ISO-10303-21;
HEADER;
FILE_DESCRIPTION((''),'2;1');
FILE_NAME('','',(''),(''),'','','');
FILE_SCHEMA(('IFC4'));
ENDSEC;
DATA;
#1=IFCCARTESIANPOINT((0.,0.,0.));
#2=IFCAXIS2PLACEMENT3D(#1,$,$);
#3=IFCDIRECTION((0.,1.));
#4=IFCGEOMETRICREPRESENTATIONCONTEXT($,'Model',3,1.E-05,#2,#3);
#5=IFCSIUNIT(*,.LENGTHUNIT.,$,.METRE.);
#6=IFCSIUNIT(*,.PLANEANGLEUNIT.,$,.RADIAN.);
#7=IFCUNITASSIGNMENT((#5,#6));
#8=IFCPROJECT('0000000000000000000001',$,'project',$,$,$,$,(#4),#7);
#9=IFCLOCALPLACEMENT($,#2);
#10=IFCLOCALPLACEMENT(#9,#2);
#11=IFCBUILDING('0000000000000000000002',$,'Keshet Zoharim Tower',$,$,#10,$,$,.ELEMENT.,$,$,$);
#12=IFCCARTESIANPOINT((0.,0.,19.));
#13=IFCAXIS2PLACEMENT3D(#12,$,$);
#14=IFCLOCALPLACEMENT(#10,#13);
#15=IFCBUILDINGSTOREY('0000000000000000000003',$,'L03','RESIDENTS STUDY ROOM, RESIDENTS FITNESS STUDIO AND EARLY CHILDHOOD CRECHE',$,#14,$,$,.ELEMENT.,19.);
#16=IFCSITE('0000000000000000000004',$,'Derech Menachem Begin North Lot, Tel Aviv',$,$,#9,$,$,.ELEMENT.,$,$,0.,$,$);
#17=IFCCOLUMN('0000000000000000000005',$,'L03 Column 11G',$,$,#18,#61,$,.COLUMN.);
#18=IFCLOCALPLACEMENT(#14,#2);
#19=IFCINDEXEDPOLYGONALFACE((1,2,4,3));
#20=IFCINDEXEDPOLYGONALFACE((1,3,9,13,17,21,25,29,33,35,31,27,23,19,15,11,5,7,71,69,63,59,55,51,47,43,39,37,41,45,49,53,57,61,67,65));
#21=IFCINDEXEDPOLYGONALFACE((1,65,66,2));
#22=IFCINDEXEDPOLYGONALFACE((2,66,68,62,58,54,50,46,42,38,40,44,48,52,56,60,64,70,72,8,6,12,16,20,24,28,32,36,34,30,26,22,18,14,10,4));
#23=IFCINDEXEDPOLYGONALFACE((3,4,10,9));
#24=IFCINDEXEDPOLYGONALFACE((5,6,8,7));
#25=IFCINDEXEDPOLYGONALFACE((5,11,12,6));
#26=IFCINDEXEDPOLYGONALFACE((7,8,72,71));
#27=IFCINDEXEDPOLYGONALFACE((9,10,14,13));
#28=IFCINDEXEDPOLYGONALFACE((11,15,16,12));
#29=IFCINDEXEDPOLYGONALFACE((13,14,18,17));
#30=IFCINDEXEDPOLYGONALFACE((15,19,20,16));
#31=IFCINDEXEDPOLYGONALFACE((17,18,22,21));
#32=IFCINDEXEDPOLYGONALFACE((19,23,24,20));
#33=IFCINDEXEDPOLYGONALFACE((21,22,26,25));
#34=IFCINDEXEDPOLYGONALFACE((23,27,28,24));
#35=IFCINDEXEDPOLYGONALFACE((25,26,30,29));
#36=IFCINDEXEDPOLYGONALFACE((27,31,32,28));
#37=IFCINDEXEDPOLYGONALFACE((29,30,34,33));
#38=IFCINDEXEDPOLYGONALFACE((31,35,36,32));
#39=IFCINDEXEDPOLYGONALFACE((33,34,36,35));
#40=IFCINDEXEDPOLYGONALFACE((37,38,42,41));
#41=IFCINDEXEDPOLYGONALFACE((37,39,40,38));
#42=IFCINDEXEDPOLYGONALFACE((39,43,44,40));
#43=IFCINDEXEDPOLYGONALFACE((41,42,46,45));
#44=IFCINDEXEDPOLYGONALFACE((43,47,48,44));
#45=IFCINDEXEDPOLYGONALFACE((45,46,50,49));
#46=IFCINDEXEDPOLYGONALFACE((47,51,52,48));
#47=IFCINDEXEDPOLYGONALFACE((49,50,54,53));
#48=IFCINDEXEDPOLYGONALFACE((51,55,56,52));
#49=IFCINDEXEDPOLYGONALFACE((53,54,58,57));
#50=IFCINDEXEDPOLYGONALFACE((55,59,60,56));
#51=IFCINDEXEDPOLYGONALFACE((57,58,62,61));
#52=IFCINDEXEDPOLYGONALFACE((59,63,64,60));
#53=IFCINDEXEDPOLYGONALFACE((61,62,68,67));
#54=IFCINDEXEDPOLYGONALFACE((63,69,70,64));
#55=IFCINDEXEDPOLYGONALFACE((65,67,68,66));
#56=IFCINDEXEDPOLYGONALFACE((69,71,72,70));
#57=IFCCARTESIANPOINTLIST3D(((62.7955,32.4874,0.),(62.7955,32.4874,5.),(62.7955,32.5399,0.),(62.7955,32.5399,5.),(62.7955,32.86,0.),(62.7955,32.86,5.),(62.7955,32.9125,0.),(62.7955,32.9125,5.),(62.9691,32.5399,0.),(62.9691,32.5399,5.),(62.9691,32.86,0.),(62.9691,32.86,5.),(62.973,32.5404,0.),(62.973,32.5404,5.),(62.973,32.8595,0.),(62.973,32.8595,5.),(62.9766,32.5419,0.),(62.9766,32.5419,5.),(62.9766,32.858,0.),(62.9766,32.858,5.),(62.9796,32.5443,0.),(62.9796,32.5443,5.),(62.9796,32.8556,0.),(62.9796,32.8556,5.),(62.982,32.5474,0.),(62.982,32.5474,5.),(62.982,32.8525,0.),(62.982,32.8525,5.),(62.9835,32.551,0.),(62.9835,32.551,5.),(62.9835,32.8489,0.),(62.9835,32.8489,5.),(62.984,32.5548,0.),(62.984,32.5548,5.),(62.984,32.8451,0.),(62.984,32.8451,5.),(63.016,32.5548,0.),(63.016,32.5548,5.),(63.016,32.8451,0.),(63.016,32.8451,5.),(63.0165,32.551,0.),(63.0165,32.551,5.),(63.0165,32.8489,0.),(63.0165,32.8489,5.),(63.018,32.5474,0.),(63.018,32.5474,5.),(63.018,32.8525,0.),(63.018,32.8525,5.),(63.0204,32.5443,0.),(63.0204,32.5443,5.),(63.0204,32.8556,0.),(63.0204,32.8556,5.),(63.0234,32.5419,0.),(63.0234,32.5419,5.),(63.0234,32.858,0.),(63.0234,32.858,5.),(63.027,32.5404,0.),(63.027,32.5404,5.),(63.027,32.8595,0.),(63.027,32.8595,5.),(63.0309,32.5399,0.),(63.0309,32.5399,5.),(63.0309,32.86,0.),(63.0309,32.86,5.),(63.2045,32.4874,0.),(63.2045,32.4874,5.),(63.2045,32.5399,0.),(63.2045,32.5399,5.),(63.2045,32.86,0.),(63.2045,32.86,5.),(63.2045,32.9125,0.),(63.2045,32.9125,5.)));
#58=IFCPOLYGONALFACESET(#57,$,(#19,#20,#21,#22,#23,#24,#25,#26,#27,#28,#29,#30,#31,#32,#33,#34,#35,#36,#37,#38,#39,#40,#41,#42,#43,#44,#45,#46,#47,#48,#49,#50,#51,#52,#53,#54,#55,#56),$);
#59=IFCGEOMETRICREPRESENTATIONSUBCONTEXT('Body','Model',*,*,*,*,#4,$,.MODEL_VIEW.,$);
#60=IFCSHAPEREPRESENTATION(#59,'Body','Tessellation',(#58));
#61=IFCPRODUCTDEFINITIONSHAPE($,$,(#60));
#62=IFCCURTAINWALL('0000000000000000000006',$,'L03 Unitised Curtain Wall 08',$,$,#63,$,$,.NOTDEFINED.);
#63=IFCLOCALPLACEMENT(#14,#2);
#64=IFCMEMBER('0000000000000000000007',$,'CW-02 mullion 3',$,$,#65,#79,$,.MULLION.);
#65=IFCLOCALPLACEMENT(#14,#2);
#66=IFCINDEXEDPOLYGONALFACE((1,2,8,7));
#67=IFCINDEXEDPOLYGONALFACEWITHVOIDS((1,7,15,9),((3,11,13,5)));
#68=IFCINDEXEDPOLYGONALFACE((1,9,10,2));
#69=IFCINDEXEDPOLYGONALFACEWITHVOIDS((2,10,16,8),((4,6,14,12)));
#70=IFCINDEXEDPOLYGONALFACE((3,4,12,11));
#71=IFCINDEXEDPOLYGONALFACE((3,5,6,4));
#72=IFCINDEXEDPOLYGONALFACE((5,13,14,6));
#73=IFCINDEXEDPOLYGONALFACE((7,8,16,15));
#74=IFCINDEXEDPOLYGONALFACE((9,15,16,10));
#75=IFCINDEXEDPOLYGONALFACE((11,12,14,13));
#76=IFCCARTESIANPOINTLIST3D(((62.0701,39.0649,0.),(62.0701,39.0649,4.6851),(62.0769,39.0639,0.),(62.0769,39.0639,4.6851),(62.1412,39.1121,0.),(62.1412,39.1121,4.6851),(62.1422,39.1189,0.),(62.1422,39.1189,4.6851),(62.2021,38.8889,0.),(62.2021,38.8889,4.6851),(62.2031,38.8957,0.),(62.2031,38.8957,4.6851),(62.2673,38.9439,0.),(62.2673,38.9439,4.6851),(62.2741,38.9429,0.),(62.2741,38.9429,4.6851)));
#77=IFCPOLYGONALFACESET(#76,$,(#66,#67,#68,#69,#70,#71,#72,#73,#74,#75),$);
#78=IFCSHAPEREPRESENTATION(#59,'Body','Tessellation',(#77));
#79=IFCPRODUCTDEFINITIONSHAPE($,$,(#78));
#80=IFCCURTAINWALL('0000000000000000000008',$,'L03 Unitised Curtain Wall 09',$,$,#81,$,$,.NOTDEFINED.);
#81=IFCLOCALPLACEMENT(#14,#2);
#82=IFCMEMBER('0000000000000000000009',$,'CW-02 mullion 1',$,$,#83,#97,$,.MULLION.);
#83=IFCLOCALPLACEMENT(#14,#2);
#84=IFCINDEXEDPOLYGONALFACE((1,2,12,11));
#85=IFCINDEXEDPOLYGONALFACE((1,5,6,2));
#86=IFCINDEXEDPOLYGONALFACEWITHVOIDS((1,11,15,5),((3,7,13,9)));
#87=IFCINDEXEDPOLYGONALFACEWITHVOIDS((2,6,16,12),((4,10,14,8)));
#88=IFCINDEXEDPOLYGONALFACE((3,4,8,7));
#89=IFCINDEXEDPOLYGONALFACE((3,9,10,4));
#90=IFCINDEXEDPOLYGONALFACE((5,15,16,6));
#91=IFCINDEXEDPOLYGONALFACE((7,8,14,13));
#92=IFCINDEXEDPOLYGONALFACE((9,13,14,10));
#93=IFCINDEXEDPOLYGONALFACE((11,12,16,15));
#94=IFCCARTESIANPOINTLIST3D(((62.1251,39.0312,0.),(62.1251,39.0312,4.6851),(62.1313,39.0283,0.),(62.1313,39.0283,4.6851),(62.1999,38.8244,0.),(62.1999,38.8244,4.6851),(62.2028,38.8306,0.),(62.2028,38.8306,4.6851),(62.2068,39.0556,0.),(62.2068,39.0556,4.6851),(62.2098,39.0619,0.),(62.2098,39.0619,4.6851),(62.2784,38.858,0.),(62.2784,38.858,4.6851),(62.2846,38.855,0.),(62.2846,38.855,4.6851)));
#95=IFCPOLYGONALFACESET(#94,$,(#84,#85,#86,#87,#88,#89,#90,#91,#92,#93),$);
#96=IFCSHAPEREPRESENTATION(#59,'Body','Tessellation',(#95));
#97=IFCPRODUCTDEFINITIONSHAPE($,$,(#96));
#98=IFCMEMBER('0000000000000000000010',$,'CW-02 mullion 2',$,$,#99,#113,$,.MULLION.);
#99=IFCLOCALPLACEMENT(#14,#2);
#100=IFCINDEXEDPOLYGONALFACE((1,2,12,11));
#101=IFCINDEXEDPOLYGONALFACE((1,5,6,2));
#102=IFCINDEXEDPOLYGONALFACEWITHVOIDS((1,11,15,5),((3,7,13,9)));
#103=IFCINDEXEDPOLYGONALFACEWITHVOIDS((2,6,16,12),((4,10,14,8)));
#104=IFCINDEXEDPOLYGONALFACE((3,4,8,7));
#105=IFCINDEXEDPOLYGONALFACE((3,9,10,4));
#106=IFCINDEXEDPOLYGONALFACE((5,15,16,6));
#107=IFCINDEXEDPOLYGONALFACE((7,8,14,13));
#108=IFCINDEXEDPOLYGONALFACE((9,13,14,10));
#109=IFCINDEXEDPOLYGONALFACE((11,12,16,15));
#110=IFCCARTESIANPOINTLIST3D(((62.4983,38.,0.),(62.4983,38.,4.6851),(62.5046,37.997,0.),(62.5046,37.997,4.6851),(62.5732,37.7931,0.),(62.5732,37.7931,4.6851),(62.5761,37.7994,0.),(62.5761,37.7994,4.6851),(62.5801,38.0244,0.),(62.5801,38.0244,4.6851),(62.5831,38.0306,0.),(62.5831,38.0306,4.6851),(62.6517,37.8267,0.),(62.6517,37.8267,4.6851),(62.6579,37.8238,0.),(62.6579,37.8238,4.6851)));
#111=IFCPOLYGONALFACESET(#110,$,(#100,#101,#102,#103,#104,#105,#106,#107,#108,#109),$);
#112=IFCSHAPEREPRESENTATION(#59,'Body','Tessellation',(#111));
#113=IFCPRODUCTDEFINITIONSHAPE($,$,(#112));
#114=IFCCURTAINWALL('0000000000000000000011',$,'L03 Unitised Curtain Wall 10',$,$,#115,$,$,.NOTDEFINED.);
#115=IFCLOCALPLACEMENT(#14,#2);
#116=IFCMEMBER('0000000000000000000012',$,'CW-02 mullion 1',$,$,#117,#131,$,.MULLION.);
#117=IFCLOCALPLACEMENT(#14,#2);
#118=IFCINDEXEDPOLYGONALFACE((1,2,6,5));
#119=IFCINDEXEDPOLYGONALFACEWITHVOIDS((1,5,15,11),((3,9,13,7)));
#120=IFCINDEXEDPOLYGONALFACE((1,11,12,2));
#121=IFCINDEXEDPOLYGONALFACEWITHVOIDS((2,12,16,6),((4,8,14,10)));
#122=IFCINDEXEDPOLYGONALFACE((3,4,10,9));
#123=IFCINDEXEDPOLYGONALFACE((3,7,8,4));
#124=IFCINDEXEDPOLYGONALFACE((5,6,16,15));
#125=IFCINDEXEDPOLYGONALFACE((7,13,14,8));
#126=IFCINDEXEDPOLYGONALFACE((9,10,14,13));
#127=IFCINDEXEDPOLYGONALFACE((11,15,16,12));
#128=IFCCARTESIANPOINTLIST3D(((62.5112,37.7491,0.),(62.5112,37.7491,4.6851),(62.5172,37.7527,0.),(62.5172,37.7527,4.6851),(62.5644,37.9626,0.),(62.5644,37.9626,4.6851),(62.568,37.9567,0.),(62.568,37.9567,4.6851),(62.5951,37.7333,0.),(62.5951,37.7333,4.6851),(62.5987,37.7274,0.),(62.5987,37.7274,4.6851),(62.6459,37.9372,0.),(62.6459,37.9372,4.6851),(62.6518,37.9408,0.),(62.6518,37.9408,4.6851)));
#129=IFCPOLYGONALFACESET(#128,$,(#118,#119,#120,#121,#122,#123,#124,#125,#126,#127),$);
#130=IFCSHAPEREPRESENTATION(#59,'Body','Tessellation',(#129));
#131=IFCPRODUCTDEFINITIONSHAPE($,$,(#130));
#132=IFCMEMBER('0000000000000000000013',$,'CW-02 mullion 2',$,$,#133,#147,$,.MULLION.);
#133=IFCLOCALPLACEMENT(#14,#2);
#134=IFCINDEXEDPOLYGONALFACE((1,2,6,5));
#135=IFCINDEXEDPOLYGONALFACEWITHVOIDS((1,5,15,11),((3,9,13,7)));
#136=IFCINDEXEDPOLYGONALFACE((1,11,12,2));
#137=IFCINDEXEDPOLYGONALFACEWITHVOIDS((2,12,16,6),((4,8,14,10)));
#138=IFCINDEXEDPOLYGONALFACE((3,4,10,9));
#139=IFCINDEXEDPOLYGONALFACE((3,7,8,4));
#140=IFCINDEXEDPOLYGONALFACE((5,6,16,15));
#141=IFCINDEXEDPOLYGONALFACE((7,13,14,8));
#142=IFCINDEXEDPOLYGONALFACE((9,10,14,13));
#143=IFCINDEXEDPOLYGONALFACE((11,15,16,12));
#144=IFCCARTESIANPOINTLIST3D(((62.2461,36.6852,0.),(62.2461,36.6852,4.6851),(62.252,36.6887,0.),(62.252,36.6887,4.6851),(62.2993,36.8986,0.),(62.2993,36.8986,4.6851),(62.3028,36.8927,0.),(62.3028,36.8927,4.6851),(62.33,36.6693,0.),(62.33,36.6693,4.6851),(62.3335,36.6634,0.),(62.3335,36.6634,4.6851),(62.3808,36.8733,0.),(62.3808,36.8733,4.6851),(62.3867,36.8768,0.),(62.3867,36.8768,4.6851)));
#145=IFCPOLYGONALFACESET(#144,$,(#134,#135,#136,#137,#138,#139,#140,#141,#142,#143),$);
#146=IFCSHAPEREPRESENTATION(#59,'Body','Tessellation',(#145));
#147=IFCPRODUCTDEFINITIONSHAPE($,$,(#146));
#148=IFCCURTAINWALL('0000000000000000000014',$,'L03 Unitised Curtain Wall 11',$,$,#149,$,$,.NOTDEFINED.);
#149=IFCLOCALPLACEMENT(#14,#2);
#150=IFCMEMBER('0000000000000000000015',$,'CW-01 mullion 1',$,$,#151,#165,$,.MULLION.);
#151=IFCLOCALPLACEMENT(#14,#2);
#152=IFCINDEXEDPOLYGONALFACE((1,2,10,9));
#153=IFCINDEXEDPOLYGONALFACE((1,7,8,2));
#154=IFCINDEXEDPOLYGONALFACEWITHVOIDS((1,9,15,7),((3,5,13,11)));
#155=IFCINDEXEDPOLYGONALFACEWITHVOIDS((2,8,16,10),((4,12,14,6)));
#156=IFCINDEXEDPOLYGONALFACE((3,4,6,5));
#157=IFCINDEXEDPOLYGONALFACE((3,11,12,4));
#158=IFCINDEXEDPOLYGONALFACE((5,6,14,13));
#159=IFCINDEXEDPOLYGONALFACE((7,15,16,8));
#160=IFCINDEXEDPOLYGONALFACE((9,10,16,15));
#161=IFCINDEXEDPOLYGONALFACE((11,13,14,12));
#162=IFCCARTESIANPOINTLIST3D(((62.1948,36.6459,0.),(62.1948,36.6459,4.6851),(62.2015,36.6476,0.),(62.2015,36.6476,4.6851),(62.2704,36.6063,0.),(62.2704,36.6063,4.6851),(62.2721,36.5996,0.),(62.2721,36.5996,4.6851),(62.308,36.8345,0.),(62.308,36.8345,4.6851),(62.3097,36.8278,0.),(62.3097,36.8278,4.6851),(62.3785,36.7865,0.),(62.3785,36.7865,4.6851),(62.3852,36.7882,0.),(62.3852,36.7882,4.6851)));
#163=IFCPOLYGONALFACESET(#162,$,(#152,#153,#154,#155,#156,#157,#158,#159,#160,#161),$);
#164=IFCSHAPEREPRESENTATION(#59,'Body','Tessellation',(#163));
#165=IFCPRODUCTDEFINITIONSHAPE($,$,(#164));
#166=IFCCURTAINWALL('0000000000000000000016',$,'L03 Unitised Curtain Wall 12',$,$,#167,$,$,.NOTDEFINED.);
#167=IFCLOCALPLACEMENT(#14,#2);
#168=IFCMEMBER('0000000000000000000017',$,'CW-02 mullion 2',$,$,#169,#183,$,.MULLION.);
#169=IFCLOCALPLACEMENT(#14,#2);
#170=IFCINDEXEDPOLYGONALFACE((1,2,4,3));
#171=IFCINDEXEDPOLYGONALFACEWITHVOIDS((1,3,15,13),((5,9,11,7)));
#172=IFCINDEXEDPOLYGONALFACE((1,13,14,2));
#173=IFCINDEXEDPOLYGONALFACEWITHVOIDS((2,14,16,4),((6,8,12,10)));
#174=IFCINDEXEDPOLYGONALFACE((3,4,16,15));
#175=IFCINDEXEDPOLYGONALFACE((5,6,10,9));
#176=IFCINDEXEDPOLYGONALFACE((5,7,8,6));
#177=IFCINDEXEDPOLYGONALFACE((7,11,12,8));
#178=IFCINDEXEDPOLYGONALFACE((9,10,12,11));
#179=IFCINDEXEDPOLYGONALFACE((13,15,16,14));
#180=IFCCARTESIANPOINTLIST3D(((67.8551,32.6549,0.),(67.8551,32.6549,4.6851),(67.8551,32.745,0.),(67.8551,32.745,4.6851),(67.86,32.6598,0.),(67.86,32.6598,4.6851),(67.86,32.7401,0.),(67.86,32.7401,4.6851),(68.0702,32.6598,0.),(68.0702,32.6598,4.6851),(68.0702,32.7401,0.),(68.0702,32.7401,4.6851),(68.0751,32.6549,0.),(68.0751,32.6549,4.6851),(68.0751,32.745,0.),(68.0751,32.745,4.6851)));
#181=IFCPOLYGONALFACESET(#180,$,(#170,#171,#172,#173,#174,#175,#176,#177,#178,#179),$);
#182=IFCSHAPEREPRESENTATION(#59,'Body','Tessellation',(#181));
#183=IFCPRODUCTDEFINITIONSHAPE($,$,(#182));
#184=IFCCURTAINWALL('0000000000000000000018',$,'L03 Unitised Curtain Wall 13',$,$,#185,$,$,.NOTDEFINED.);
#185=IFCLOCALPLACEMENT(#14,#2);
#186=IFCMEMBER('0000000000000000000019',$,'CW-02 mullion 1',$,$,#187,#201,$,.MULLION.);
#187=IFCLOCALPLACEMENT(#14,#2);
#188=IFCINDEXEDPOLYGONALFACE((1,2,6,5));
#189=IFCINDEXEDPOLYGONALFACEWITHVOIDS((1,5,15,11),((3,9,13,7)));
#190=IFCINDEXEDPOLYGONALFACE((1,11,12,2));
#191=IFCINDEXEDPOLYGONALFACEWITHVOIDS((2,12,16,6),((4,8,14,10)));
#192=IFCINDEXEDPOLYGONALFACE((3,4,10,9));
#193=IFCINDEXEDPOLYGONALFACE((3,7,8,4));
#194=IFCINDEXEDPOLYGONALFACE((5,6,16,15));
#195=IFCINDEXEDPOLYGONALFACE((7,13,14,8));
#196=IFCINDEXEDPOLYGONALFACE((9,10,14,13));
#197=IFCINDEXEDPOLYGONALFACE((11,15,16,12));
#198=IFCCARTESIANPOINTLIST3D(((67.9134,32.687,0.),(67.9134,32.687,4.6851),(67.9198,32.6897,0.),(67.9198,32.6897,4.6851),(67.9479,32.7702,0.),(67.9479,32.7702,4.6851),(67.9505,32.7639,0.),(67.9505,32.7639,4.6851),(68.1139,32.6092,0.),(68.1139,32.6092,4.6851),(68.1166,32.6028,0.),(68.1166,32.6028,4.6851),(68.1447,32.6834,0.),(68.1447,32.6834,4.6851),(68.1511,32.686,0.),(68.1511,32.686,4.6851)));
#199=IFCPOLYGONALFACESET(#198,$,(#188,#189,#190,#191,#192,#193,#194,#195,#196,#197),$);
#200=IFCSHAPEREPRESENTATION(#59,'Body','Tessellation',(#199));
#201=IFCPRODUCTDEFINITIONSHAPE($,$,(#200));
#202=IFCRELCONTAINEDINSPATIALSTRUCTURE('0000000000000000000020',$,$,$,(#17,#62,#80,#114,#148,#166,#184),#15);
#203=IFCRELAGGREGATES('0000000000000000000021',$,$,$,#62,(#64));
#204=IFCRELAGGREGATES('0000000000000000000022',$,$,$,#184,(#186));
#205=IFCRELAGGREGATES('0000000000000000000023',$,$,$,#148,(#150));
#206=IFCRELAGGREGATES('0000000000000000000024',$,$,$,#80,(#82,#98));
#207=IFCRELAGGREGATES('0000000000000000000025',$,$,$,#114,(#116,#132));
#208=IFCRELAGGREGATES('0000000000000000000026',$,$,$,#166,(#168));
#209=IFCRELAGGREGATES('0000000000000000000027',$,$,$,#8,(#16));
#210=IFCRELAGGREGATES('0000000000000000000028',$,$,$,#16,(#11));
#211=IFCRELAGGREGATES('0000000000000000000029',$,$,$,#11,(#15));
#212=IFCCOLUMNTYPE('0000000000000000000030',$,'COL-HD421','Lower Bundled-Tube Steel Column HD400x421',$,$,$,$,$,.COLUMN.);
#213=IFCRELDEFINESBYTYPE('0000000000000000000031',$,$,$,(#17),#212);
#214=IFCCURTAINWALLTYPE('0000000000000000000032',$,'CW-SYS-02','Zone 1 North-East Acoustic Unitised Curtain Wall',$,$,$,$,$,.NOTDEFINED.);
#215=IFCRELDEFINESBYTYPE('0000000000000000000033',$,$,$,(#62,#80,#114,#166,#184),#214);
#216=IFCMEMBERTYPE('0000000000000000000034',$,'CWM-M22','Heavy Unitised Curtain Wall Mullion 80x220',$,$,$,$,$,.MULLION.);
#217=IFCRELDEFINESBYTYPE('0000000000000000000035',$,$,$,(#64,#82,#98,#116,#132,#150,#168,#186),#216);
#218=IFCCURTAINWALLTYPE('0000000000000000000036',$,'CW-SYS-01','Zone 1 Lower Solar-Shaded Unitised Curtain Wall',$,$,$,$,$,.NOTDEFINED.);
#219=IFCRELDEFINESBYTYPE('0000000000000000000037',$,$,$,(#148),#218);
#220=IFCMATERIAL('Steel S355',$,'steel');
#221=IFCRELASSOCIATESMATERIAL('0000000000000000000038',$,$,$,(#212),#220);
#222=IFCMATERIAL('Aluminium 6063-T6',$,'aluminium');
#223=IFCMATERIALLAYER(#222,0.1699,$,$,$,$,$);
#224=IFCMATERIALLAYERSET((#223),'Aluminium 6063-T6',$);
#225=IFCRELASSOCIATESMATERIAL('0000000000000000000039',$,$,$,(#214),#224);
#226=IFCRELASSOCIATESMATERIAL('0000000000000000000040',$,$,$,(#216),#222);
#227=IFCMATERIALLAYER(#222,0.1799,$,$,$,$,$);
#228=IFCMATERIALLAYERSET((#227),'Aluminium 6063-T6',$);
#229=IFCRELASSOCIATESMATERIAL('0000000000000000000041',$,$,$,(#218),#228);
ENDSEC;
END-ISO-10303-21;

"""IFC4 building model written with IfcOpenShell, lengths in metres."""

from ifc_helpers import new_model, si_unit, direction, frame, origin, origin_2d, place, context, subcontext, project, spatial, hollow_rectangle, i_section, extrude, material, layer, layer_set, material_profile, profile_set, type_object, element, aggregate, save


model = new_model("IFC4")

# Units and contexts
model_context = context("Model", 3, precision=1e-05, world=origin(), true_north=direction((0.0, 1.0)))
body_context = subcontext(model_context, "Body", "Model", "MODEL_VIEW")
ifc_project = project(units=[si_unit("LENGTHUNIT", "METRE"), si_unit("PLANEANGLEUNIT", "RADIAN")], contexts=[model_context])

# Site, building, storey
site_placement = place(None, origin())
site = spatial("IfcSite", under=ifc_project, at=site_placement, Name="Derech Menachem Begin North Lot, Tel Aviv", CompositionType="ELEMENT", RefElevation=0.0)
building_placement = place(site_placement, origin())
building = spatial("IfcBuilding", under=site, at=building_placement, Name="Keshet Zoharim Tower", CompositionType="ELEMENT")
storey_placement = place(building_placement, frame((0.0, 0.0, 19.0)))
storey = spatial("IfcBuildingStorey", under=building, at=storey_placement, Name="L03", Description="RESIDENTS STUDY ROOM, RESIDENTS FITNESS STUDIO AND EARLY CHILDHOOD CRECHE", CompositionType="ELEMENT", Elevation=19.0)

# Column
ifc_material_1 = material(Name="Steel S355", Category="steel")
ifc_material_profile_1 = material_profile(ifc_material_1, i_section(OverallWidth=0.4089, OverallDepth=0.425, WebThickness=0.032, FlangeThickness=0.0525, FilletRadius=0.0149, at=origin_2d()), Name="HD400x421")
ifc_profile_set_1 = profile_set([ifc_material_profile_1], Name="Steel S355")
column_type = type_object("IfcColumnType", Name="COL-HD421", Description="Lower Bundled-Tube Steel Column HD400x421", PredefinedType="COLUMN", material=ifc_profile_set_1)
column_placement = place(storey_placement, frame((63.0, 32.7, 0.0), z_axis=(0.0, 0.0, 1.0), x_axis=(1.0, 0.0, 0.0)))
element("IfcColumn", 1, at=column_placement, inside=storey, type_object=column_type, Name="L03 Column 11G", PredefinedType="COLUMN", context=body_context, shape_type="SweptSolid", body=[
    extrude(i_section(OverallWidth=0.4089, OverallDepth=0.425, WebThickness=0.032, FlangeThickness=0.0525, FilletRadius=0.0149, at=origin_2d()), origin(), (0.0, 0.0, 1.0), 5.0),
])

# Curtain wall, member
ifc_material_2 = material(Name="Aluminium 6063-T6", Category="aluminium")
ifc_layer_1 = layer(ifc_material_2, 0.1699)
ifc_layer_set_1 = layer_set([ifc_layer_1], Name="Aluminium 6063-T6")
curtain_wall_type_1 = type_object("IfcCurtainWallType", Name="CW-SYS-02", Description="Zone 1 North-East Acoustic Unitised Curtain Wall", PredefinedType="NOTDEFINED", material=ifc_layer_set_1)
curtain_wall_1_placement = place(storey_placement, origin())
curtain_wall_1 = element("IfcCurtainWall", 2, at=curtain_wall_1_placement, inside=storey, type_object=curtain_wall_type_1, Name="L03 Unitised Curtain Wall 08", PredefinedType="NOTDEFINED")
ifc_material_profile_2 = material_profile(ifc_material_2, hollow_rectangle(XDim=0.0901, YDim=0.22, WallThickness=0.0049, at=origin_2d()), Name="MUL-90x220")
ifc_profile_set_2 = profile_set([ifc_material_profile_2], Name="Aluminium 6063-T6")
member_type_1 = type_object("IfcMemberType", Name="CWM-M22", Description="Heavy Unitised Curtain Wall Mullion 80x220", PredefinedType="MULLION", material=ifc_profile_set_2)
member_1_placement = place(storey_placement, frame((62.1721, 39.0039, 0.0), z_axis=(0.0, 0.0, 1.0), x_axis=(0.8, 0.6, 0.0)))
member_1 = element("IfcMember", 3, at=member_1_placement, type_object=member_type_1, Name="CW-02 mullion 3", PredefinedType="MULLION", context=body_context, shape_type="SweptSolid", body=[
    extrude(hollow_rectangle(XDim=0.0901, YDim=0.22, WallThickness=0.0049, at=origin_2d()), origin(), (0.0, 0.0, 1.0), 4.6851),
])
aggregate(curtain_wall_1, [member_1])

# Curtain walls, members
curtain_wall_2_placement = place(storey_placement, origin())
curtain_wall_2 = element("IfcCurtainWall", 4, at=curtain_wall_2_placement, inside=storey, type_object=curtain_wall_type_1, Name="L03 Unitised Curtain Wall 09", PredefinedType="NOTDEFINED")
member_2_placement = place(storey_placement, frame((62.2048, 38.9431, 0.0), z_axis=(0.0, 0.0, 1.0), x_axis=(0.940318, 0.340297, 0.0)))
member_2 = element("IfcMember", 5, at=member_2_placement, type_object=member_type_1, Name="CW-02 mullion 1", PredefinedType="MULLION", context=body_context, shape_type="SweptSolid", body=[
    extrude(hollow_rectangle(XDim=0.0901, YDim=0.22, WallThickness=0.0049, at=origin_2d()), origin(), (0.0, 0.0, 1.0), 4.6851),
])
member_3_placement = place(storey_placement, frame((62.5781, 37.9119, 0.0), z_axis=(0.0, 0.0, 1.0), x_axis=(0.940318, 0.340297, 0.0)))
member_3 = element("IfcMember", 6, at=member_3_placement, type_object=member_type_1, Name="CW-02 mullion 2", PredefinedType="MULLION", context=body_context, shape_type="SweptSolid", body=[
    extrude(hollow_rectangle(XDim=0.0901, YDim=0.22, WallThickness=0.0049, at=origin_2d()), origin(), (0.0, 0.0, 1.0), 4.6851),
])
curtain_wall_3_placement = place(storey_placement, origin())
curtain_wall_3 = element("IfcCurtainWall", 7, at=curtain_wall_3_placement, inside=storey, type_object=curtain_wall_type_1, Name="L03 Unitised Curtain Wall 10", PredefinedType="NOTDEFINED")
member_4_placement = place(storey_placement, frame((62.5815, 37.845, 0.0), z_axis=(0.0, 0.0, 1.0), x_axis=(0.970344, -0.241729, 0.0)))
member_4 = element("IfcMember", 8, at=member_4_placement, type_object=member_type_1, Name="CW-02 mullion 1", PredefinedType="MULLION", context=body_context, shape_type="SweptSolid", body=[
    extrude(hollow_rectangle(XDim=0.0901, YDim=0.22, WallThickness=0.0049, at=origin_2d()), origin(), (0.0, 0.0, 1.0), 4.6851),
])
member_5_placement = place(storey_placement, frame((62.3164, 36.781, 0.0), z_axis=(0.0, 0.0, 1.0), x_axis=(0.970344, -0.241729, 0.0)))
member_5 = element("IfcMember", 9, at=member_5_placement, type_object=member_type_1, Name="CW-02 mullion 2", PredefinedType="MULLION", context=body_context, shape_type="SweptSolid", body=[
    extrude(hollow_rectangle(XDim=0.0901, YDim=0.22, WallThickness=0.0049, at=origin_2d()), origin(), (0.0, 0.0, 1.0), 4.6851),
])

# Curtain walls, members
ifc_layer_2 = layer(ifc_material_2, 0.1799)
ifc_layer_set_2 = layer_set([ifc_layer_2], Name="Aluminium 6063-T6")
curtain_wall_type_2 = type_object("IfcCurtainWallType", Name="CW-SYS-01", Description="Zone 1 Lower Solar-Shaded Unitised Curtain Wall", PredefinedType="NOTDEFINED", material=ifc_layer_set_2)
curtain_wall_4_placement = place(storey_placement, origin())
curtain_wall_4 = element("IfcCurtainWall", 10, at=curtain_wall_4_placement, inside=storey, type_object=curtain_wall_type_2, Name="L03 Unitised Curtain Wall 11", PredefinedType="NOTDEFINED")
member_6_placement = place(storey_placement, frame((62.29, 36.717, 0.0), z_axis=(0.0, 0.0, 1.0), x_axis=(0.857512, -0.514465, 0.0)))
member_6 = element("IfcMember", 11, at=member_6_placement, type_object=member_type_1, Name="CW-01 mullion 1", PredefinedType="MULLION", context=body_context, shape_type="SweptSolid", body=[
    extrude(hollow_rectangle(XDim=0.0901, YDim=0.22, WallThickness=0.0049, at=origin_2d()), origin(), (0.0, 0.0, 1.0), 4.6851),
])
curtain_wall_5_placement = place(storey_placement, origin())
curtain_wall_5 = element("IfcCurtainWall", 12, at=curtain_wall_5_placement, inside=storey, type_object=curtain_wall_type_1, Name="L03 Unitised Curtain Wall 12", PredefinedType="NOTDEFINED")
member_7_placement = place(storey_placement, frame((67.9651, 32.7, 0.0), z_axis=(0.0, 0.0, 1.0), x_axis=(0.0, 1.0, 0.0)))
member_7 = element("IfcMember", 13, at=member_7_placement, type_object=member_type_1, Name="CW-02 mullion 2", PredefinedType="MULLION", context=body_context, shape_type="SweptSolid", body=[
    extrude(hollow_rectangle(XDim=0.0901, YDim=0.22, WallThickness=0.0049, at=origin_2d()), origin(), (0.0, 0.0, 1.0), 4.6851),
])
curtain_wall_6_placement = place(storey_placement, origin())
curtain_wall_6 = element("IfcCurtainWall", 14, at=curtain_wall_6_placement, inside=storey, type_object=curtain_wall_type_1, Name="L03 Unitised Curtain Wall 13", PredefinedType="NOTDEFINED")
member_8_placement = place(storey_placement, frame((68.0322, 32.6865, 0.0), z_axis=(0.0, 0.0, 1.0), x_axis=(0.382852, 0.92381, 0.0)))
member_8 = element("IfcMember", 15, at=member_8_placement, type_object=member_type_1, Name="CW-02 mullion 1", PredefinedType="MULLION", context=body_context, shape_type="SweptSolid", body=[
    extrude(hollow_rectangle(XDim=0.0901, YDim=0.22, WallThickness=0.0049, at=origin_2d()), origin(), (0.0, 0.0, 1.0), 4.6851),
])
aggregate(curtain_wall_6, [member_8])

aggregate(curtain_wall_4, [member_6])
aggregate(curtain_wall_2, [member_2, member_3])
aggregate(curtain_wall_3, [member_4, member_5])
aggregate(curtain_wall_5, [member_7])

save(model, "model.ifc")
